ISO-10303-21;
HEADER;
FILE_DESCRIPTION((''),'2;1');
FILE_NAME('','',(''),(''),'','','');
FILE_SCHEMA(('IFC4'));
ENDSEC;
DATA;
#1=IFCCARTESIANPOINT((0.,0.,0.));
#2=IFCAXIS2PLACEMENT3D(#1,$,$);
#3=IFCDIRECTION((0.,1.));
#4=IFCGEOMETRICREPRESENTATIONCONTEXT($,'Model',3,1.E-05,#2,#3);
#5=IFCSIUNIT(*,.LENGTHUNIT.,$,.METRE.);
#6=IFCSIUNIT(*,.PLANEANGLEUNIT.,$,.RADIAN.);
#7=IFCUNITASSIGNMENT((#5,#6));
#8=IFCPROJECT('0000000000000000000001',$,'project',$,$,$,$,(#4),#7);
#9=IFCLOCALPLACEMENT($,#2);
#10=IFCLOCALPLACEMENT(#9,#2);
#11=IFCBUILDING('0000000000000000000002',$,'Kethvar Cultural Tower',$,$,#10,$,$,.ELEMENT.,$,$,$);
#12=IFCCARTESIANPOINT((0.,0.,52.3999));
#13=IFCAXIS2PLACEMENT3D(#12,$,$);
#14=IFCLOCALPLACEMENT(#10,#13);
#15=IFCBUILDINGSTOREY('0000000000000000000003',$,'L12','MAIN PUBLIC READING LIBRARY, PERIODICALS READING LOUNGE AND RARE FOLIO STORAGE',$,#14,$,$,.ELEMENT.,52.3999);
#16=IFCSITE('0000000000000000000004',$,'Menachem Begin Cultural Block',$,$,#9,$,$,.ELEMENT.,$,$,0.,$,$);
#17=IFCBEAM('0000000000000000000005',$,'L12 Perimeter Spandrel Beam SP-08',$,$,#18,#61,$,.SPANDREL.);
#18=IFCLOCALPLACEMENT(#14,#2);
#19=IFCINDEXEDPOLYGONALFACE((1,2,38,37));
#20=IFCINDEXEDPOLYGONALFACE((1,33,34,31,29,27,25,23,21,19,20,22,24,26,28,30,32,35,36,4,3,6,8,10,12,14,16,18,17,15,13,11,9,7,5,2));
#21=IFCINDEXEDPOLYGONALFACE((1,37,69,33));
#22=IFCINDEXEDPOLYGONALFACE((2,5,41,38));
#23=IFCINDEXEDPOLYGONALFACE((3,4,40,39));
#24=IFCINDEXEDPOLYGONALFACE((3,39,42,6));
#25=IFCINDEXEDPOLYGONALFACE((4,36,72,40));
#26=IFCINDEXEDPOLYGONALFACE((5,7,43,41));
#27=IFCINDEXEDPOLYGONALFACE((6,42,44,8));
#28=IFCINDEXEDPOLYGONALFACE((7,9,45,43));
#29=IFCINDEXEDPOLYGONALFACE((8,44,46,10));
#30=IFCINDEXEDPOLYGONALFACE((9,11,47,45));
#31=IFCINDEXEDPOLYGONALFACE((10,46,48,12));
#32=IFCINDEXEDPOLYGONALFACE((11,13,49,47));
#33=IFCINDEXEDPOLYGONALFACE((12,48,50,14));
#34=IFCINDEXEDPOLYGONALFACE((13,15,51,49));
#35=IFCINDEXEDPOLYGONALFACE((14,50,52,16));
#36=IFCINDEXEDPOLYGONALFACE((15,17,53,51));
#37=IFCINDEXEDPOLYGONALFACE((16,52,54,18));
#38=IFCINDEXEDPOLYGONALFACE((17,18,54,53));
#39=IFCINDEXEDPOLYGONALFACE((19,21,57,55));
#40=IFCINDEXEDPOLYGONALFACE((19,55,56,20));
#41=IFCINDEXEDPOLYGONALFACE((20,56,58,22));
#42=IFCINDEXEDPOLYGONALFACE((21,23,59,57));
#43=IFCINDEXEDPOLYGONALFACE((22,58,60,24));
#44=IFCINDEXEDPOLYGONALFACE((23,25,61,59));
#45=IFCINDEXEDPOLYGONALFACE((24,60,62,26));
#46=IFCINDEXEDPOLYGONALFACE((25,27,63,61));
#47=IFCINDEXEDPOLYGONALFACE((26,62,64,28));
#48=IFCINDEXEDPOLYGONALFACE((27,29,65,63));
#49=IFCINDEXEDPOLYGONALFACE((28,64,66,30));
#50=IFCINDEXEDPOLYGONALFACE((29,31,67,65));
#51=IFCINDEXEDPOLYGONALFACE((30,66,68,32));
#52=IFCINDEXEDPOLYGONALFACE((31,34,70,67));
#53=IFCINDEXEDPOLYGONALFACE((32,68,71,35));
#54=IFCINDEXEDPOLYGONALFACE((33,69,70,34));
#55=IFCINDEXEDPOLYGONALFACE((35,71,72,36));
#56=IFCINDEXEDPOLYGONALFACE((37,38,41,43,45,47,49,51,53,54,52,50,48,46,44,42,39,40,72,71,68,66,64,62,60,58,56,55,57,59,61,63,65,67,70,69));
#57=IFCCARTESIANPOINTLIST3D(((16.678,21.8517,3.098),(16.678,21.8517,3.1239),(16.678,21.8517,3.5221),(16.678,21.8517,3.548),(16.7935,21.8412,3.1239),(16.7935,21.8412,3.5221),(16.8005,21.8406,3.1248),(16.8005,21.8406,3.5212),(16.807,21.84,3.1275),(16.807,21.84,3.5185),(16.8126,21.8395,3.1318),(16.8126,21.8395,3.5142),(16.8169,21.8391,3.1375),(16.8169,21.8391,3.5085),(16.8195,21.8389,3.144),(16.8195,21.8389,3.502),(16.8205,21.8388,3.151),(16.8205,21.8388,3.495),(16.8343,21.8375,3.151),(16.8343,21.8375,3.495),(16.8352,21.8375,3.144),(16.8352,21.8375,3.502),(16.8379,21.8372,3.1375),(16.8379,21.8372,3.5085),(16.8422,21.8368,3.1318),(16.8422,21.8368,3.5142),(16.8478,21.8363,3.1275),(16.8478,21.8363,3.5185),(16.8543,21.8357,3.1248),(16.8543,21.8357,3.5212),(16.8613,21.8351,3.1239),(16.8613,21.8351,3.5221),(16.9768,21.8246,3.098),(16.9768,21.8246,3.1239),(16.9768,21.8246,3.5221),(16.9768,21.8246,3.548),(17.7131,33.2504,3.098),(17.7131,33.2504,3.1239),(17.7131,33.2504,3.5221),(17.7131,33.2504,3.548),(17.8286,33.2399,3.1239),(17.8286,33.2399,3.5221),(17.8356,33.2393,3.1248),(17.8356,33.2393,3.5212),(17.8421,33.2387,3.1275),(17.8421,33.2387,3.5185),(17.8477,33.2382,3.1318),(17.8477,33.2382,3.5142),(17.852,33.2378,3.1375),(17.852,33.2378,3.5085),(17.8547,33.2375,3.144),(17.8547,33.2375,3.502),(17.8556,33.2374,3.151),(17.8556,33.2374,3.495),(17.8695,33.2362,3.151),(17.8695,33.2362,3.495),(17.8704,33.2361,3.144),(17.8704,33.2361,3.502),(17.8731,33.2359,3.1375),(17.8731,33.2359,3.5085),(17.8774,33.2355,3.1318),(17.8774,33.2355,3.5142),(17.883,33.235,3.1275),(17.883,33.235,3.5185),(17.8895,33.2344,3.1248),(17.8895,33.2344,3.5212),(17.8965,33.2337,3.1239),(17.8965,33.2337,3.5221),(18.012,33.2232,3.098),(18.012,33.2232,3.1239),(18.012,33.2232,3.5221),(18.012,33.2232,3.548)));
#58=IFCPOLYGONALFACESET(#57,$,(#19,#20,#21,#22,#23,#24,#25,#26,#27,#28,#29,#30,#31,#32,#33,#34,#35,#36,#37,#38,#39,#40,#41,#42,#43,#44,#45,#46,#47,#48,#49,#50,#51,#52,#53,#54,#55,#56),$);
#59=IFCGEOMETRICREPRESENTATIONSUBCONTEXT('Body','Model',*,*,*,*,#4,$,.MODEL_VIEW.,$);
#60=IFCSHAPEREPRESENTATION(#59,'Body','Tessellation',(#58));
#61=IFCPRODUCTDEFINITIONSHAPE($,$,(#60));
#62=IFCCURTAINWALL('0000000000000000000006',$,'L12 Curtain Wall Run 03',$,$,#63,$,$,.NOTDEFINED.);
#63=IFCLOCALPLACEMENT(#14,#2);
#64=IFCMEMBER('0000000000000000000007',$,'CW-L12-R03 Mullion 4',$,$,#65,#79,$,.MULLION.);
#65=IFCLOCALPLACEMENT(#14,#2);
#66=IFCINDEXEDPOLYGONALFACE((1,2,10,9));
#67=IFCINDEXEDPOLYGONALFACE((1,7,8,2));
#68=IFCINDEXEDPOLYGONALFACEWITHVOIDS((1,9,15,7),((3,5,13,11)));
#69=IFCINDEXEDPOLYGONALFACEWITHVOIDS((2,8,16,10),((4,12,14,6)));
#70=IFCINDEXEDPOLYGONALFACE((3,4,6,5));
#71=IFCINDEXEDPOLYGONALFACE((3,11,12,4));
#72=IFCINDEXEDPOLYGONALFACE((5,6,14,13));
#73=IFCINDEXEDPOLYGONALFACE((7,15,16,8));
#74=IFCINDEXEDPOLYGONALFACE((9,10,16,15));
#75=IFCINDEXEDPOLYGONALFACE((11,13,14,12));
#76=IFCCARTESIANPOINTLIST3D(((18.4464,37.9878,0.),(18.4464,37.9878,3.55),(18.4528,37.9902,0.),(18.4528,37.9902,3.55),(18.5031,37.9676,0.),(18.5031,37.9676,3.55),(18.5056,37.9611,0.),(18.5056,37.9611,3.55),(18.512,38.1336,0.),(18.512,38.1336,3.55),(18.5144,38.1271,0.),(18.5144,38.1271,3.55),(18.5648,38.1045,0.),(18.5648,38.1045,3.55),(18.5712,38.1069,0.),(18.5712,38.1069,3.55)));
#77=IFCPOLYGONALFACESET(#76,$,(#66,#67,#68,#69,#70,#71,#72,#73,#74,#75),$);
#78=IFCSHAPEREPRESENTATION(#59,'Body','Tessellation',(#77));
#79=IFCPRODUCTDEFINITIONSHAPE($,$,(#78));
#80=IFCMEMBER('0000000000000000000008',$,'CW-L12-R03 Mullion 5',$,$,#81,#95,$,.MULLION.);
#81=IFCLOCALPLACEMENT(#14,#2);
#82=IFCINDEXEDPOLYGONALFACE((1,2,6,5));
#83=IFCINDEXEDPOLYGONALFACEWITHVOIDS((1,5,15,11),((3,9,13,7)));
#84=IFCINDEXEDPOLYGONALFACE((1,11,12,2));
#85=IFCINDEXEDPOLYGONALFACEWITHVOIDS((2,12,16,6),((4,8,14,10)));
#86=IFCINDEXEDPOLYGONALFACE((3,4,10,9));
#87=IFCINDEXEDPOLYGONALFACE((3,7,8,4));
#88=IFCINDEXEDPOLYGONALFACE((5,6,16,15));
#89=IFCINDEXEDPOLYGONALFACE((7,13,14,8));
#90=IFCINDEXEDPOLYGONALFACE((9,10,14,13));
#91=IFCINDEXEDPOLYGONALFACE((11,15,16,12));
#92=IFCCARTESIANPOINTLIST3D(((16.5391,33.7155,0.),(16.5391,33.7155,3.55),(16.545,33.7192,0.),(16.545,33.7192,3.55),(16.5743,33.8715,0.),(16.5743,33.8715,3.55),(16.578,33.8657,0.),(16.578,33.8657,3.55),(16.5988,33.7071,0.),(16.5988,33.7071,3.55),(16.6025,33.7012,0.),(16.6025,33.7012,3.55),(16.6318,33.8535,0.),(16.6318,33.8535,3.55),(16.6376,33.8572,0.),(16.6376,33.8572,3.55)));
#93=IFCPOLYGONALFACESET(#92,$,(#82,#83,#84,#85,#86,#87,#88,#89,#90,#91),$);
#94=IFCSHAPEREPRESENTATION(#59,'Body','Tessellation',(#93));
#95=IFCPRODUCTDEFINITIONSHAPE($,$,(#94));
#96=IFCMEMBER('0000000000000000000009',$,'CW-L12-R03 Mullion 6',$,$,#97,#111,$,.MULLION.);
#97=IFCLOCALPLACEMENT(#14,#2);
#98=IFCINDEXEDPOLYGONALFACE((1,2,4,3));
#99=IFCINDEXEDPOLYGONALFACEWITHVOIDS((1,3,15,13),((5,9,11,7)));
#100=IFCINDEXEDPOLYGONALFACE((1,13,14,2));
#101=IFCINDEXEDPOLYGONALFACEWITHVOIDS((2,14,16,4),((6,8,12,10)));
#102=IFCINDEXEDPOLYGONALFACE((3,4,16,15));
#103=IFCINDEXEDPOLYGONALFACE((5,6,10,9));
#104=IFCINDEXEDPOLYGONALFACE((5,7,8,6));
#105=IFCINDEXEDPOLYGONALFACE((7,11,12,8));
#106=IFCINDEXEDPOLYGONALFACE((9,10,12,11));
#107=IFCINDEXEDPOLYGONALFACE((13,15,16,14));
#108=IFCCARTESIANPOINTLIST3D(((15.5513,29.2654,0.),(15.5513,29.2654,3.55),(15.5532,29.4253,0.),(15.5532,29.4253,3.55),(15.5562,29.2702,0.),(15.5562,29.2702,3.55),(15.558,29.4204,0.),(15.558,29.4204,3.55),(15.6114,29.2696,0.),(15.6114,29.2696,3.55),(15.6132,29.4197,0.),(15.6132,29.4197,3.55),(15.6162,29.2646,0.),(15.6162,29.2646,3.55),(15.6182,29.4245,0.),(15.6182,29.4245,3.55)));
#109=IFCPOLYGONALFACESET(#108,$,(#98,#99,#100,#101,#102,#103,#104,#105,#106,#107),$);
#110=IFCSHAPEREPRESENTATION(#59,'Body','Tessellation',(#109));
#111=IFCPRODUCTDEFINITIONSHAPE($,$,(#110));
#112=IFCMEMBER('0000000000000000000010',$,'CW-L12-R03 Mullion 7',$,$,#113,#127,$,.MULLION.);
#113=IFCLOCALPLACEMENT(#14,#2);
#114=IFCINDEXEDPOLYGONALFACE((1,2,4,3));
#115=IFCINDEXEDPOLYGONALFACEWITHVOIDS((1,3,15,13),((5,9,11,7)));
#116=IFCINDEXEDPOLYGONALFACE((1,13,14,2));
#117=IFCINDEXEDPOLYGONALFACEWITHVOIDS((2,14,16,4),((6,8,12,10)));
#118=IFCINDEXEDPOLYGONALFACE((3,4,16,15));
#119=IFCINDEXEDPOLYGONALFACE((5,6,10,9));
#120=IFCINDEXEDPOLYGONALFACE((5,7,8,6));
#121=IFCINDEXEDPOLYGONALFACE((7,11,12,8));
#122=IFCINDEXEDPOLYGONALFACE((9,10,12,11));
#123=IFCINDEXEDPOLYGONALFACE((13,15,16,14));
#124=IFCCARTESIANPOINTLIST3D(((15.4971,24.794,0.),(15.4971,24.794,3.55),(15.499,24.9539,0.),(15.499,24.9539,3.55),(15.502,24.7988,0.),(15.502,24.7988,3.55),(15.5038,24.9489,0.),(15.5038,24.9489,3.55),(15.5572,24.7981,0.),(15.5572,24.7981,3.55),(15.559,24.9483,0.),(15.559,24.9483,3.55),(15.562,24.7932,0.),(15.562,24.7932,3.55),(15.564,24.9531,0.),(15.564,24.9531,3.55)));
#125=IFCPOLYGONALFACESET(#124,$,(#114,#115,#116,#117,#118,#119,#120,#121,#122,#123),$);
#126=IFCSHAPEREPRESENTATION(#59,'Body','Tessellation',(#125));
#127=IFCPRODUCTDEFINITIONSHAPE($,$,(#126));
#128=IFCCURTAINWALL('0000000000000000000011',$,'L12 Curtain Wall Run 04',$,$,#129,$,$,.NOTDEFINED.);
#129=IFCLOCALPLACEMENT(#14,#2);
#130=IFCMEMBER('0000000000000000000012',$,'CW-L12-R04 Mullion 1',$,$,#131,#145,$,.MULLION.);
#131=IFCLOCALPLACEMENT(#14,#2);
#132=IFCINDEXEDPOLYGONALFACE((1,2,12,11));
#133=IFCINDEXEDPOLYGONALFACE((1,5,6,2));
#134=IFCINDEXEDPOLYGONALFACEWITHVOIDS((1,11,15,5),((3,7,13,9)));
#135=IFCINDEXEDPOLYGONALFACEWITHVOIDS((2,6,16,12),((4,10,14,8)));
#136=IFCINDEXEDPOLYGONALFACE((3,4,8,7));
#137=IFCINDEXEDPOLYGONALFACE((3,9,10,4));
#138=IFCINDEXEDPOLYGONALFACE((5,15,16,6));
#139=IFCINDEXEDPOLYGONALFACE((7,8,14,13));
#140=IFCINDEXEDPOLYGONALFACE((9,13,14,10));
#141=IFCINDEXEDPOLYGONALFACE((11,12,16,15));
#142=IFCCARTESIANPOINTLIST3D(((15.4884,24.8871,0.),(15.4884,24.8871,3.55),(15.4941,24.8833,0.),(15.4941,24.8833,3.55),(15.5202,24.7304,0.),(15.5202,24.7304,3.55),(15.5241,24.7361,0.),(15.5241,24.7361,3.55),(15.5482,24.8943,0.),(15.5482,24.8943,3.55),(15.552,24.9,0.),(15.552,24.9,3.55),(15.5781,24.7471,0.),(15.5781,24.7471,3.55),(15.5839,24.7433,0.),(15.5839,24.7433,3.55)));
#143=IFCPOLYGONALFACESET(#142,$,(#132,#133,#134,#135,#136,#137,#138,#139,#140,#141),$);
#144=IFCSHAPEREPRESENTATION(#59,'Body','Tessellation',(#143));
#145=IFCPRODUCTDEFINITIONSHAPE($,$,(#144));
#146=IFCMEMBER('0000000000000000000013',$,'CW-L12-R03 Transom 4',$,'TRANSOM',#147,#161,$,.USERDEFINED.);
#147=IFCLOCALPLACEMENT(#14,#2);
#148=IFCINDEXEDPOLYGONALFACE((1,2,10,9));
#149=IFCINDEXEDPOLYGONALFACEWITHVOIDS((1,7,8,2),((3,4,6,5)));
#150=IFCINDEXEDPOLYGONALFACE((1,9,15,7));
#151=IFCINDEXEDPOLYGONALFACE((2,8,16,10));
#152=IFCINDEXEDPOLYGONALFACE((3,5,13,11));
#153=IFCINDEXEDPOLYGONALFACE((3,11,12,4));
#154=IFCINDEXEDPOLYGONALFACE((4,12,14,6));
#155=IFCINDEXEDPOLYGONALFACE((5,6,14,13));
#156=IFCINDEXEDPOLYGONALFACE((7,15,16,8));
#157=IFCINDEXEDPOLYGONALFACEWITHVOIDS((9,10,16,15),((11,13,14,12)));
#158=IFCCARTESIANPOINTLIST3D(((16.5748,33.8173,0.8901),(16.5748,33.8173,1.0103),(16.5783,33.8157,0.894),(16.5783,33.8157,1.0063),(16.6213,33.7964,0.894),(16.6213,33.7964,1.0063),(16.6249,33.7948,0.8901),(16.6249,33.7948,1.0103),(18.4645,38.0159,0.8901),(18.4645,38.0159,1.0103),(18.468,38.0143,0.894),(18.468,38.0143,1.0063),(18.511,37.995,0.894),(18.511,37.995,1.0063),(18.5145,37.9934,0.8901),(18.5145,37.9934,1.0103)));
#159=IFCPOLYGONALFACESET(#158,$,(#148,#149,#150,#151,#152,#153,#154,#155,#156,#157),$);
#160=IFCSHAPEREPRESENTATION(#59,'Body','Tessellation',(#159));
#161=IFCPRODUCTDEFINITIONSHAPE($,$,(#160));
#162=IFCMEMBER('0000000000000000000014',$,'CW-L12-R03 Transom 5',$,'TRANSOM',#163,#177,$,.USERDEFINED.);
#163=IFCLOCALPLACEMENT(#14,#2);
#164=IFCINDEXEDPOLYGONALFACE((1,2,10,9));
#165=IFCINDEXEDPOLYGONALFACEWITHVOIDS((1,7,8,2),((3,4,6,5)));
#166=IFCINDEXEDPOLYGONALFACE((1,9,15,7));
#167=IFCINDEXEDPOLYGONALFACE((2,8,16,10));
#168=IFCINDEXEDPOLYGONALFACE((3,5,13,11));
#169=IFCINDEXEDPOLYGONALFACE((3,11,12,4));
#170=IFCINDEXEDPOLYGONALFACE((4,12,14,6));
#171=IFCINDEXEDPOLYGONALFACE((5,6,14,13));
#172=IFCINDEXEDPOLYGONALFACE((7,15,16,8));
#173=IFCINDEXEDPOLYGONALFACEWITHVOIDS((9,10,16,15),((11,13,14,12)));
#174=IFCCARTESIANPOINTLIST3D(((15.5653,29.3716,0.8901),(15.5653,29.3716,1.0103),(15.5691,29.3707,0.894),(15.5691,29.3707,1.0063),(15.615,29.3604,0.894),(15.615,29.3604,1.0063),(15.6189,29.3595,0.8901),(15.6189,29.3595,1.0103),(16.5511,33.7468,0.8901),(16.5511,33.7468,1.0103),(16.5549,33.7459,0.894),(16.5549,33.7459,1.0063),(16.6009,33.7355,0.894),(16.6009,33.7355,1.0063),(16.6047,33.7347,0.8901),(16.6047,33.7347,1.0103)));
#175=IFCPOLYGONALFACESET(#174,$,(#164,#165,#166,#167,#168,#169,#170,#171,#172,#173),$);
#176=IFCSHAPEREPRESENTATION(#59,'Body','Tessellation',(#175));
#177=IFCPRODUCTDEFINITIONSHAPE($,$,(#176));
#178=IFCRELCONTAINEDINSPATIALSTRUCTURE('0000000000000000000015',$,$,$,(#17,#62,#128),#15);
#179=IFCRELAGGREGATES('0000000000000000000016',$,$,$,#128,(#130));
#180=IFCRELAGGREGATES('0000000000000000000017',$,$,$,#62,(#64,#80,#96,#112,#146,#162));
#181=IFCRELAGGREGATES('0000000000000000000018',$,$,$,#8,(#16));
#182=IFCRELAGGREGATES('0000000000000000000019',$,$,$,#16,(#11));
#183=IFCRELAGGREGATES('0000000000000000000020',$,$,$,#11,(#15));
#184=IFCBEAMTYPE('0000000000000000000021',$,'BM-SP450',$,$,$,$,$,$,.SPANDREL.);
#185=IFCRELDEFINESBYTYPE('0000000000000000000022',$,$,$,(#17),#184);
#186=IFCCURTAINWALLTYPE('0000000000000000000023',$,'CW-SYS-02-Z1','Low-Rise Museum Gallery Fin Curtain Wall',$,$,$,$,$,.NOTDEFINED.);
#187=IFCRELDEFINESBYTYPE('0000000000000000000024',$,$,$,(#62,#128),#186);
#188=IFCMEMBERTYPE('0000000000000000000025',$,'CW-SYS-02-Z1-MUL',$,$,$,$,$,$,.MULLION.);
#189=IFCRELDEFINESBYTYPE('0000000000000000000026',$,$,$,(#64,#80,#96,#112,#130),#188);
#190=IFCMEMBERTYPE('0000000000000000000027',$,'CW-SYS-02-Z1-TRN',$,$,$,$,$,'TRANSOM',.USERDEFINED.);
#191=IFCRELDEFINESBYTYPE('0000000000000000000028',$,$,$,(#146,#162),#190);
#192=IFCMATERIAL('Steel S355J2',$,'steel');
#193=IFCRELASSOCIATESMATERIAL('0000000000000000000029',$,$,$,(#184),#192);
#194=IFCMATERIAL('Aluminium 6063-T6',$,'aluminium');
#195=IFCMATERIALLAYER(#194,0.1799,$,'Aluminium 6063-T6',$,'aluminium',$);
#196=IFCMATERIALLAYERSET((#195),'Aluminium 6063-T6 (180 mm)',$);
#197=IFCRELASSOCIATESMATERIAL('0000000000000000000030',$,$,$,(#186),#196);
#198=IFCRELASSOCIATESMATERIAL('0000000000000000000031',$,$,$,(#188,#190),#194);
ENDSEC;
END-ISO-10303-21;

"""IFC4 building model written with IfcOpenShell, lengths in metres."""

from ifc_helpers import new_model, si_unit, direction, frame, origin, origin_2d, place, context, subcontext, project, spatial, hollow_rectangle, i_section, extrude, source, transform, mapped, material, layer, layer_set, material_profile, profile_set, type_object, element, aggregate, save


model = new_model("IFC4")

# Units and contexts
model_context = context("Model", 3, precision=1e-05, world=origin(), true_north=direction((0.0, 1.0)))
body_context = subcontext(model_context, "Body", "Model", "MODEL_VIEW")
ifc_project = project(units=[si_unit("LENGTHUNIT", "METRE"), si_unit("PLANEANGLEUNIT", "RADIAN")], contexts=[model_context])

# Site, building, storey
site_placement = place(None, origin())
site = spatial("IfcSite", under=ifc_project, at=site_placement, Name="Menachem Begin Cultural Block", CompositionType="ELEMENT", RefElevation=0.0)
building_placement = place(site_placement, origin())
building = spatial("IfcBuilding", under=site, at=building_placement, Name="Kethvar Cultural Tower", CompositionType="ELEMENT")
storey_placement = place(building_placement, frame((0.0, 0.0, 52.3999)))
storey = spatial("IfcBuildingStorey", under=building, at=storey_placement, Name="L12", Description="MAIN PUBLIC READING LIBRARY, PERIODICALS READING LOUNGE AND RARE FOLIO STORAGE", CompositionType="ELEMENT", Elevation=52.3999)

# Beam
ifc_material_1 = material(Name="Steel S355J2", Category="steel")
ifc_material_profile_1 = material_profile(ifc_material_1, i_section(OverallWidth=0.3, OverallDepth=0.45, WebThickness=0.0139, FlangeThickness=0.0259, FilletRadius=0.0271, at=origin_2d()), Name="Steel S355J2 — HEB450")
ifc_profile_set_1 = profile_set([ifc_material_profile_1], Name="Steel S355J2 — HEB450")
beam_type_1 = type_object("IfcBeamType", Name="BM-SP450", PredefinedType="SPANDREL", material=ifc_profile_set_1)
shared_shape_1 = source(origin(), body_context, "Body", "SweptSolid", [
    extrude(i_section(OverallWidth=0.3, OverallDepth=0.45, WebThickness=0.0139, FlangeThickness=0.0259, FilletRadius=0.0271, at=origin_2d()), origin(), (0.0, 0.0, 1.0), 11.4456),
])
beam_1_placement = place(storey_placement, frame((17.8625, 33.2368, 3.323), z_axis=(-0.090442, -0.995902, 0.0), x_axis=(0.995902, -0.090442, 0.0)))
element("IfcBeam", 1, at=beam_1_placement, inside=storey, type_object=beam_type_1, Name="L12 Perimeter Spandrel Beam SP-08", PredefinedType="SPANDREL", context=body_context, shape_type="MappedRepresentation", body=[
    mapped(shared_shape_1, transform((0.0, 0.0, 0.0), scale=1.0)),
])

# Curtain wall, members
ifc_material_2 = material(Name="Aluminium 6063-T6", Category="aluminium")
ifc_layer_1 = layer(ifc_material_2, 0.1799, Name="Aluminium 6063-T6", Category="aluminium")
ifc_layer_set_1 = layer_set([ifc_layer_1], Name="Aluminium 6063-T6 (180 mm)")
curtain_wall_type = type_object("IfcCurtainWallType", Name="CW-SYS-02-Z1", Description="Low-Rise Museum Gallery Fin Curtain Wall", PredefinedType="NOTDEFINED", material=ifc_layer_set_1)
curtain_wall_1_placement = place(storey_placement, origin())
curtain_wall_1 = element("IfcCurtainWall", 2, at=curtain_wall_1_placement, inside=storey, type_object=curtain_wall_type, Name="L12 Curtain Wall Run 03", PredefinedType="NOTDEFINED")
ifc_material_profile_2 = material_profile(ifc_material_2, hollow_rectangle(XDim=0.0649, YDim=0.1599, WallThickness=0.0049, at=origin_2d()), Name="Aluminium 6063-T6 — RHS160x65x5")
ifc_profile_set_2 = profile_set([ifc_material_profile_2], Name="Aluminium 6063-T6 — RHS160x65x5")
member_type_1 = type_object("IfcMemberType", Name="CW-SYS-02-Z1-MUL", PredefinedType="MULLION", material=ifc_profile_set_2)
shared_shape_2 = source(origin(), body_context, "Body", "SweptSolid", [
    extrude(hollow_rectangle(XDim=0.0649, YDim=0.1599, WallThickness=0.0049, at=origin_2d()), origin(), (0.0, 0.0, 1.0), 3.55),
])
member_1_placement = place(storey_placement, frame((18.5088, 38.0474, 0.0), z_axis=(0.0, 0.0, 1.0), x_axis=(0.911891, -0.410432, 0.0)))
member_1 = element("IfcMember", 3, at=member_1_placement, type_object=member_type_1, Name="CW-L12-R03 Mullion 4", PredefinedType="MULLION", context=body_context, shape_type="MappedRepresentation", body=[
    mapped(shared_shape_2, transform((0.0, 0.0, 0.0), scale=1.0)),
])
member_2_placement = place(storey_placement, frame((16.5884, 33.7864, 0.0), z_axis=(0.0, 0.0, 1.0), x_axis=(0.975535, -0.219846, 0.0)))
member_2 = element("IfcMember", 4, at=member_2_placement, type_object=member_type_1, Name="CW-L12-R03 Mullion 5", PredefinedType="MULLION", context=body_context, shape_type="MappedRepresentation", body=[
    mapped(shared_shape_2, transform((0.0, 0.0, 0.0), scale=1.0)),
])
member_3_placement = place(storey_placement, frame((15.5847, 29.345, 0.0), z_axis=(0.0, 0.0, 1.0), x_axis=(0.999927, -0.012077, 0.0)))
member_3 = element("IfcMember", 5, at=member_3_placement, type_object=member_type_1, Name="CW-L12-R03 Mullion 6", PredefinedType="MULLION", context=body_context, shape_type="MappedRepresentation", body=[
    mapped(shared_shape_2, transform((0.0, 0.0, 0.0), scale=1.0)),
])
member_4_placement = place(storey_placement, frame((15.5305, 24.8735, 0.0), z_axis=(0.0, 0.0, 1.0), x_axis=(0.999927, -0.012077, 0.0)))
member_4 = element("IfcMember", 6, at=member_4_placement, type_object=member_type_1, Name="CW-L12-R03 Mullion 7", PredefinedType="MULLION", context=body_context, shape_type="MappedRepresentation", body=[
    mapped(shared_shape_2, transform((0.0, 0.0, 0.0), scale=1.0)),
])

# Curtain wall, member
curtain_wall_2_placement = place(storey_placement, origin())
curtain_wall_2 = element("IfcCurtainWall", 7, at=curtain_wall_2_placement, inside=storey, type_object=curtain_wall_type, Name="L12 Curtain Wall Run 04", PredefinedType="NOTDEFINED")
member_5_placement = place(storey_placement, frame((15.5361, 24.8152, 0.0), z_axis=(0.0, 0.0, 1.0), x_axis=(0.979953, 0.199231, 0.0)))
member_5 = element("IfcMember", 8, at=member_5_placement, type_object=member_type_1, Name="CW-L12-R04 Mullion 1", PredefinedType="MULLION", context=body_context, shape_type="MappedRepresentation", body=[
    mapped(shared_shape_2, transform((0.0, 0.0, 0.0), scale=1.0)),
])

# Members
ifc_material_profile_3 = material_profile(ifc_material_2, hollow_rectangle(XDim=0.0549, YDim=0.1201, WallThickness=0.0039, at=origin_2d()), Name="Aluminium 6063-T6 — RHS120x55x4")
ifc_profile_set_3 = profile_set([ifc_material_profile_3], Name="Aluminium 6063-T6 — RHS120x55x4")
member_type_2 = type_object("IfcMemberType", Name="CW-SYS-02-Z1-TRN", ElementType="TRANSOM", PredefinedType="USERDEFINED", material=ifc_profile_set_3)
shared_shape_3 = source(origin(), body_context, "Body", "SweptSolid", [
    extrude(hollow_rectangle(XDim=0.0549, YDim=0.1201, WallThickness=0.0039, at=origin_2d()), origin(), (0.0, 0.0, 1.0), 4.6042),
])
member_6_placement = place(storey_placement, frame((18.4895, 38.0046, 0.9502), z_axis=(-0.410424, -0.911895, 0.0), x_axis=(0.911895, -0.410424, 0.0)))
member_6 = element("IfcMember", 9, at=member_6_placement, type_object=member_type_2, Name="CW-L12-R03 Transom 4", ObjectType="TRANSOM", PredefinedType="USERDEFINED", context=body_context, shape_type="MappedRepresentation", body=[
    mapped(shared_shape_3, transform((0.0, 0.0, 0.0), scale=1.0)),
])
shared_shape_4 = source(origin(), body_context, "Body", "SweptSolid", [
    extrude(hollow_rectangle(XDim=0.0549, YDim=0.1201, WallThickness=0.0039, at=origin_2d()), origin(), (0.0, 0.0, 1.0), 4.4849),
])
member_7_placement = place(storey_placement, frame((16.5779, 33.7407, 0.9502), z_axis=(-0.219811, -0.975542, 0.0), x_axis=(0.975542, -0.219811, 0.0)))
member_7 = element("IfcMember", 10, at=member_7_placement, type_object=member_type_2, Name="CW-L12-R03 Transom 5", ObjectType="TRANSOM", PredefinedType="USERDEFINED", context=body_context, shape_type="MappedRepresentation", body=[
    mapped(shared_shape_4, transform((0.0, 0.0, 0.0), scale=1.0)),
])
aggregate(curtain_wall_2, [member_5])

aggregate(curtain_wall_1, [member_1, member_2, member_3, member_4, member_6, member_7])

save(model, "model.ifc")
